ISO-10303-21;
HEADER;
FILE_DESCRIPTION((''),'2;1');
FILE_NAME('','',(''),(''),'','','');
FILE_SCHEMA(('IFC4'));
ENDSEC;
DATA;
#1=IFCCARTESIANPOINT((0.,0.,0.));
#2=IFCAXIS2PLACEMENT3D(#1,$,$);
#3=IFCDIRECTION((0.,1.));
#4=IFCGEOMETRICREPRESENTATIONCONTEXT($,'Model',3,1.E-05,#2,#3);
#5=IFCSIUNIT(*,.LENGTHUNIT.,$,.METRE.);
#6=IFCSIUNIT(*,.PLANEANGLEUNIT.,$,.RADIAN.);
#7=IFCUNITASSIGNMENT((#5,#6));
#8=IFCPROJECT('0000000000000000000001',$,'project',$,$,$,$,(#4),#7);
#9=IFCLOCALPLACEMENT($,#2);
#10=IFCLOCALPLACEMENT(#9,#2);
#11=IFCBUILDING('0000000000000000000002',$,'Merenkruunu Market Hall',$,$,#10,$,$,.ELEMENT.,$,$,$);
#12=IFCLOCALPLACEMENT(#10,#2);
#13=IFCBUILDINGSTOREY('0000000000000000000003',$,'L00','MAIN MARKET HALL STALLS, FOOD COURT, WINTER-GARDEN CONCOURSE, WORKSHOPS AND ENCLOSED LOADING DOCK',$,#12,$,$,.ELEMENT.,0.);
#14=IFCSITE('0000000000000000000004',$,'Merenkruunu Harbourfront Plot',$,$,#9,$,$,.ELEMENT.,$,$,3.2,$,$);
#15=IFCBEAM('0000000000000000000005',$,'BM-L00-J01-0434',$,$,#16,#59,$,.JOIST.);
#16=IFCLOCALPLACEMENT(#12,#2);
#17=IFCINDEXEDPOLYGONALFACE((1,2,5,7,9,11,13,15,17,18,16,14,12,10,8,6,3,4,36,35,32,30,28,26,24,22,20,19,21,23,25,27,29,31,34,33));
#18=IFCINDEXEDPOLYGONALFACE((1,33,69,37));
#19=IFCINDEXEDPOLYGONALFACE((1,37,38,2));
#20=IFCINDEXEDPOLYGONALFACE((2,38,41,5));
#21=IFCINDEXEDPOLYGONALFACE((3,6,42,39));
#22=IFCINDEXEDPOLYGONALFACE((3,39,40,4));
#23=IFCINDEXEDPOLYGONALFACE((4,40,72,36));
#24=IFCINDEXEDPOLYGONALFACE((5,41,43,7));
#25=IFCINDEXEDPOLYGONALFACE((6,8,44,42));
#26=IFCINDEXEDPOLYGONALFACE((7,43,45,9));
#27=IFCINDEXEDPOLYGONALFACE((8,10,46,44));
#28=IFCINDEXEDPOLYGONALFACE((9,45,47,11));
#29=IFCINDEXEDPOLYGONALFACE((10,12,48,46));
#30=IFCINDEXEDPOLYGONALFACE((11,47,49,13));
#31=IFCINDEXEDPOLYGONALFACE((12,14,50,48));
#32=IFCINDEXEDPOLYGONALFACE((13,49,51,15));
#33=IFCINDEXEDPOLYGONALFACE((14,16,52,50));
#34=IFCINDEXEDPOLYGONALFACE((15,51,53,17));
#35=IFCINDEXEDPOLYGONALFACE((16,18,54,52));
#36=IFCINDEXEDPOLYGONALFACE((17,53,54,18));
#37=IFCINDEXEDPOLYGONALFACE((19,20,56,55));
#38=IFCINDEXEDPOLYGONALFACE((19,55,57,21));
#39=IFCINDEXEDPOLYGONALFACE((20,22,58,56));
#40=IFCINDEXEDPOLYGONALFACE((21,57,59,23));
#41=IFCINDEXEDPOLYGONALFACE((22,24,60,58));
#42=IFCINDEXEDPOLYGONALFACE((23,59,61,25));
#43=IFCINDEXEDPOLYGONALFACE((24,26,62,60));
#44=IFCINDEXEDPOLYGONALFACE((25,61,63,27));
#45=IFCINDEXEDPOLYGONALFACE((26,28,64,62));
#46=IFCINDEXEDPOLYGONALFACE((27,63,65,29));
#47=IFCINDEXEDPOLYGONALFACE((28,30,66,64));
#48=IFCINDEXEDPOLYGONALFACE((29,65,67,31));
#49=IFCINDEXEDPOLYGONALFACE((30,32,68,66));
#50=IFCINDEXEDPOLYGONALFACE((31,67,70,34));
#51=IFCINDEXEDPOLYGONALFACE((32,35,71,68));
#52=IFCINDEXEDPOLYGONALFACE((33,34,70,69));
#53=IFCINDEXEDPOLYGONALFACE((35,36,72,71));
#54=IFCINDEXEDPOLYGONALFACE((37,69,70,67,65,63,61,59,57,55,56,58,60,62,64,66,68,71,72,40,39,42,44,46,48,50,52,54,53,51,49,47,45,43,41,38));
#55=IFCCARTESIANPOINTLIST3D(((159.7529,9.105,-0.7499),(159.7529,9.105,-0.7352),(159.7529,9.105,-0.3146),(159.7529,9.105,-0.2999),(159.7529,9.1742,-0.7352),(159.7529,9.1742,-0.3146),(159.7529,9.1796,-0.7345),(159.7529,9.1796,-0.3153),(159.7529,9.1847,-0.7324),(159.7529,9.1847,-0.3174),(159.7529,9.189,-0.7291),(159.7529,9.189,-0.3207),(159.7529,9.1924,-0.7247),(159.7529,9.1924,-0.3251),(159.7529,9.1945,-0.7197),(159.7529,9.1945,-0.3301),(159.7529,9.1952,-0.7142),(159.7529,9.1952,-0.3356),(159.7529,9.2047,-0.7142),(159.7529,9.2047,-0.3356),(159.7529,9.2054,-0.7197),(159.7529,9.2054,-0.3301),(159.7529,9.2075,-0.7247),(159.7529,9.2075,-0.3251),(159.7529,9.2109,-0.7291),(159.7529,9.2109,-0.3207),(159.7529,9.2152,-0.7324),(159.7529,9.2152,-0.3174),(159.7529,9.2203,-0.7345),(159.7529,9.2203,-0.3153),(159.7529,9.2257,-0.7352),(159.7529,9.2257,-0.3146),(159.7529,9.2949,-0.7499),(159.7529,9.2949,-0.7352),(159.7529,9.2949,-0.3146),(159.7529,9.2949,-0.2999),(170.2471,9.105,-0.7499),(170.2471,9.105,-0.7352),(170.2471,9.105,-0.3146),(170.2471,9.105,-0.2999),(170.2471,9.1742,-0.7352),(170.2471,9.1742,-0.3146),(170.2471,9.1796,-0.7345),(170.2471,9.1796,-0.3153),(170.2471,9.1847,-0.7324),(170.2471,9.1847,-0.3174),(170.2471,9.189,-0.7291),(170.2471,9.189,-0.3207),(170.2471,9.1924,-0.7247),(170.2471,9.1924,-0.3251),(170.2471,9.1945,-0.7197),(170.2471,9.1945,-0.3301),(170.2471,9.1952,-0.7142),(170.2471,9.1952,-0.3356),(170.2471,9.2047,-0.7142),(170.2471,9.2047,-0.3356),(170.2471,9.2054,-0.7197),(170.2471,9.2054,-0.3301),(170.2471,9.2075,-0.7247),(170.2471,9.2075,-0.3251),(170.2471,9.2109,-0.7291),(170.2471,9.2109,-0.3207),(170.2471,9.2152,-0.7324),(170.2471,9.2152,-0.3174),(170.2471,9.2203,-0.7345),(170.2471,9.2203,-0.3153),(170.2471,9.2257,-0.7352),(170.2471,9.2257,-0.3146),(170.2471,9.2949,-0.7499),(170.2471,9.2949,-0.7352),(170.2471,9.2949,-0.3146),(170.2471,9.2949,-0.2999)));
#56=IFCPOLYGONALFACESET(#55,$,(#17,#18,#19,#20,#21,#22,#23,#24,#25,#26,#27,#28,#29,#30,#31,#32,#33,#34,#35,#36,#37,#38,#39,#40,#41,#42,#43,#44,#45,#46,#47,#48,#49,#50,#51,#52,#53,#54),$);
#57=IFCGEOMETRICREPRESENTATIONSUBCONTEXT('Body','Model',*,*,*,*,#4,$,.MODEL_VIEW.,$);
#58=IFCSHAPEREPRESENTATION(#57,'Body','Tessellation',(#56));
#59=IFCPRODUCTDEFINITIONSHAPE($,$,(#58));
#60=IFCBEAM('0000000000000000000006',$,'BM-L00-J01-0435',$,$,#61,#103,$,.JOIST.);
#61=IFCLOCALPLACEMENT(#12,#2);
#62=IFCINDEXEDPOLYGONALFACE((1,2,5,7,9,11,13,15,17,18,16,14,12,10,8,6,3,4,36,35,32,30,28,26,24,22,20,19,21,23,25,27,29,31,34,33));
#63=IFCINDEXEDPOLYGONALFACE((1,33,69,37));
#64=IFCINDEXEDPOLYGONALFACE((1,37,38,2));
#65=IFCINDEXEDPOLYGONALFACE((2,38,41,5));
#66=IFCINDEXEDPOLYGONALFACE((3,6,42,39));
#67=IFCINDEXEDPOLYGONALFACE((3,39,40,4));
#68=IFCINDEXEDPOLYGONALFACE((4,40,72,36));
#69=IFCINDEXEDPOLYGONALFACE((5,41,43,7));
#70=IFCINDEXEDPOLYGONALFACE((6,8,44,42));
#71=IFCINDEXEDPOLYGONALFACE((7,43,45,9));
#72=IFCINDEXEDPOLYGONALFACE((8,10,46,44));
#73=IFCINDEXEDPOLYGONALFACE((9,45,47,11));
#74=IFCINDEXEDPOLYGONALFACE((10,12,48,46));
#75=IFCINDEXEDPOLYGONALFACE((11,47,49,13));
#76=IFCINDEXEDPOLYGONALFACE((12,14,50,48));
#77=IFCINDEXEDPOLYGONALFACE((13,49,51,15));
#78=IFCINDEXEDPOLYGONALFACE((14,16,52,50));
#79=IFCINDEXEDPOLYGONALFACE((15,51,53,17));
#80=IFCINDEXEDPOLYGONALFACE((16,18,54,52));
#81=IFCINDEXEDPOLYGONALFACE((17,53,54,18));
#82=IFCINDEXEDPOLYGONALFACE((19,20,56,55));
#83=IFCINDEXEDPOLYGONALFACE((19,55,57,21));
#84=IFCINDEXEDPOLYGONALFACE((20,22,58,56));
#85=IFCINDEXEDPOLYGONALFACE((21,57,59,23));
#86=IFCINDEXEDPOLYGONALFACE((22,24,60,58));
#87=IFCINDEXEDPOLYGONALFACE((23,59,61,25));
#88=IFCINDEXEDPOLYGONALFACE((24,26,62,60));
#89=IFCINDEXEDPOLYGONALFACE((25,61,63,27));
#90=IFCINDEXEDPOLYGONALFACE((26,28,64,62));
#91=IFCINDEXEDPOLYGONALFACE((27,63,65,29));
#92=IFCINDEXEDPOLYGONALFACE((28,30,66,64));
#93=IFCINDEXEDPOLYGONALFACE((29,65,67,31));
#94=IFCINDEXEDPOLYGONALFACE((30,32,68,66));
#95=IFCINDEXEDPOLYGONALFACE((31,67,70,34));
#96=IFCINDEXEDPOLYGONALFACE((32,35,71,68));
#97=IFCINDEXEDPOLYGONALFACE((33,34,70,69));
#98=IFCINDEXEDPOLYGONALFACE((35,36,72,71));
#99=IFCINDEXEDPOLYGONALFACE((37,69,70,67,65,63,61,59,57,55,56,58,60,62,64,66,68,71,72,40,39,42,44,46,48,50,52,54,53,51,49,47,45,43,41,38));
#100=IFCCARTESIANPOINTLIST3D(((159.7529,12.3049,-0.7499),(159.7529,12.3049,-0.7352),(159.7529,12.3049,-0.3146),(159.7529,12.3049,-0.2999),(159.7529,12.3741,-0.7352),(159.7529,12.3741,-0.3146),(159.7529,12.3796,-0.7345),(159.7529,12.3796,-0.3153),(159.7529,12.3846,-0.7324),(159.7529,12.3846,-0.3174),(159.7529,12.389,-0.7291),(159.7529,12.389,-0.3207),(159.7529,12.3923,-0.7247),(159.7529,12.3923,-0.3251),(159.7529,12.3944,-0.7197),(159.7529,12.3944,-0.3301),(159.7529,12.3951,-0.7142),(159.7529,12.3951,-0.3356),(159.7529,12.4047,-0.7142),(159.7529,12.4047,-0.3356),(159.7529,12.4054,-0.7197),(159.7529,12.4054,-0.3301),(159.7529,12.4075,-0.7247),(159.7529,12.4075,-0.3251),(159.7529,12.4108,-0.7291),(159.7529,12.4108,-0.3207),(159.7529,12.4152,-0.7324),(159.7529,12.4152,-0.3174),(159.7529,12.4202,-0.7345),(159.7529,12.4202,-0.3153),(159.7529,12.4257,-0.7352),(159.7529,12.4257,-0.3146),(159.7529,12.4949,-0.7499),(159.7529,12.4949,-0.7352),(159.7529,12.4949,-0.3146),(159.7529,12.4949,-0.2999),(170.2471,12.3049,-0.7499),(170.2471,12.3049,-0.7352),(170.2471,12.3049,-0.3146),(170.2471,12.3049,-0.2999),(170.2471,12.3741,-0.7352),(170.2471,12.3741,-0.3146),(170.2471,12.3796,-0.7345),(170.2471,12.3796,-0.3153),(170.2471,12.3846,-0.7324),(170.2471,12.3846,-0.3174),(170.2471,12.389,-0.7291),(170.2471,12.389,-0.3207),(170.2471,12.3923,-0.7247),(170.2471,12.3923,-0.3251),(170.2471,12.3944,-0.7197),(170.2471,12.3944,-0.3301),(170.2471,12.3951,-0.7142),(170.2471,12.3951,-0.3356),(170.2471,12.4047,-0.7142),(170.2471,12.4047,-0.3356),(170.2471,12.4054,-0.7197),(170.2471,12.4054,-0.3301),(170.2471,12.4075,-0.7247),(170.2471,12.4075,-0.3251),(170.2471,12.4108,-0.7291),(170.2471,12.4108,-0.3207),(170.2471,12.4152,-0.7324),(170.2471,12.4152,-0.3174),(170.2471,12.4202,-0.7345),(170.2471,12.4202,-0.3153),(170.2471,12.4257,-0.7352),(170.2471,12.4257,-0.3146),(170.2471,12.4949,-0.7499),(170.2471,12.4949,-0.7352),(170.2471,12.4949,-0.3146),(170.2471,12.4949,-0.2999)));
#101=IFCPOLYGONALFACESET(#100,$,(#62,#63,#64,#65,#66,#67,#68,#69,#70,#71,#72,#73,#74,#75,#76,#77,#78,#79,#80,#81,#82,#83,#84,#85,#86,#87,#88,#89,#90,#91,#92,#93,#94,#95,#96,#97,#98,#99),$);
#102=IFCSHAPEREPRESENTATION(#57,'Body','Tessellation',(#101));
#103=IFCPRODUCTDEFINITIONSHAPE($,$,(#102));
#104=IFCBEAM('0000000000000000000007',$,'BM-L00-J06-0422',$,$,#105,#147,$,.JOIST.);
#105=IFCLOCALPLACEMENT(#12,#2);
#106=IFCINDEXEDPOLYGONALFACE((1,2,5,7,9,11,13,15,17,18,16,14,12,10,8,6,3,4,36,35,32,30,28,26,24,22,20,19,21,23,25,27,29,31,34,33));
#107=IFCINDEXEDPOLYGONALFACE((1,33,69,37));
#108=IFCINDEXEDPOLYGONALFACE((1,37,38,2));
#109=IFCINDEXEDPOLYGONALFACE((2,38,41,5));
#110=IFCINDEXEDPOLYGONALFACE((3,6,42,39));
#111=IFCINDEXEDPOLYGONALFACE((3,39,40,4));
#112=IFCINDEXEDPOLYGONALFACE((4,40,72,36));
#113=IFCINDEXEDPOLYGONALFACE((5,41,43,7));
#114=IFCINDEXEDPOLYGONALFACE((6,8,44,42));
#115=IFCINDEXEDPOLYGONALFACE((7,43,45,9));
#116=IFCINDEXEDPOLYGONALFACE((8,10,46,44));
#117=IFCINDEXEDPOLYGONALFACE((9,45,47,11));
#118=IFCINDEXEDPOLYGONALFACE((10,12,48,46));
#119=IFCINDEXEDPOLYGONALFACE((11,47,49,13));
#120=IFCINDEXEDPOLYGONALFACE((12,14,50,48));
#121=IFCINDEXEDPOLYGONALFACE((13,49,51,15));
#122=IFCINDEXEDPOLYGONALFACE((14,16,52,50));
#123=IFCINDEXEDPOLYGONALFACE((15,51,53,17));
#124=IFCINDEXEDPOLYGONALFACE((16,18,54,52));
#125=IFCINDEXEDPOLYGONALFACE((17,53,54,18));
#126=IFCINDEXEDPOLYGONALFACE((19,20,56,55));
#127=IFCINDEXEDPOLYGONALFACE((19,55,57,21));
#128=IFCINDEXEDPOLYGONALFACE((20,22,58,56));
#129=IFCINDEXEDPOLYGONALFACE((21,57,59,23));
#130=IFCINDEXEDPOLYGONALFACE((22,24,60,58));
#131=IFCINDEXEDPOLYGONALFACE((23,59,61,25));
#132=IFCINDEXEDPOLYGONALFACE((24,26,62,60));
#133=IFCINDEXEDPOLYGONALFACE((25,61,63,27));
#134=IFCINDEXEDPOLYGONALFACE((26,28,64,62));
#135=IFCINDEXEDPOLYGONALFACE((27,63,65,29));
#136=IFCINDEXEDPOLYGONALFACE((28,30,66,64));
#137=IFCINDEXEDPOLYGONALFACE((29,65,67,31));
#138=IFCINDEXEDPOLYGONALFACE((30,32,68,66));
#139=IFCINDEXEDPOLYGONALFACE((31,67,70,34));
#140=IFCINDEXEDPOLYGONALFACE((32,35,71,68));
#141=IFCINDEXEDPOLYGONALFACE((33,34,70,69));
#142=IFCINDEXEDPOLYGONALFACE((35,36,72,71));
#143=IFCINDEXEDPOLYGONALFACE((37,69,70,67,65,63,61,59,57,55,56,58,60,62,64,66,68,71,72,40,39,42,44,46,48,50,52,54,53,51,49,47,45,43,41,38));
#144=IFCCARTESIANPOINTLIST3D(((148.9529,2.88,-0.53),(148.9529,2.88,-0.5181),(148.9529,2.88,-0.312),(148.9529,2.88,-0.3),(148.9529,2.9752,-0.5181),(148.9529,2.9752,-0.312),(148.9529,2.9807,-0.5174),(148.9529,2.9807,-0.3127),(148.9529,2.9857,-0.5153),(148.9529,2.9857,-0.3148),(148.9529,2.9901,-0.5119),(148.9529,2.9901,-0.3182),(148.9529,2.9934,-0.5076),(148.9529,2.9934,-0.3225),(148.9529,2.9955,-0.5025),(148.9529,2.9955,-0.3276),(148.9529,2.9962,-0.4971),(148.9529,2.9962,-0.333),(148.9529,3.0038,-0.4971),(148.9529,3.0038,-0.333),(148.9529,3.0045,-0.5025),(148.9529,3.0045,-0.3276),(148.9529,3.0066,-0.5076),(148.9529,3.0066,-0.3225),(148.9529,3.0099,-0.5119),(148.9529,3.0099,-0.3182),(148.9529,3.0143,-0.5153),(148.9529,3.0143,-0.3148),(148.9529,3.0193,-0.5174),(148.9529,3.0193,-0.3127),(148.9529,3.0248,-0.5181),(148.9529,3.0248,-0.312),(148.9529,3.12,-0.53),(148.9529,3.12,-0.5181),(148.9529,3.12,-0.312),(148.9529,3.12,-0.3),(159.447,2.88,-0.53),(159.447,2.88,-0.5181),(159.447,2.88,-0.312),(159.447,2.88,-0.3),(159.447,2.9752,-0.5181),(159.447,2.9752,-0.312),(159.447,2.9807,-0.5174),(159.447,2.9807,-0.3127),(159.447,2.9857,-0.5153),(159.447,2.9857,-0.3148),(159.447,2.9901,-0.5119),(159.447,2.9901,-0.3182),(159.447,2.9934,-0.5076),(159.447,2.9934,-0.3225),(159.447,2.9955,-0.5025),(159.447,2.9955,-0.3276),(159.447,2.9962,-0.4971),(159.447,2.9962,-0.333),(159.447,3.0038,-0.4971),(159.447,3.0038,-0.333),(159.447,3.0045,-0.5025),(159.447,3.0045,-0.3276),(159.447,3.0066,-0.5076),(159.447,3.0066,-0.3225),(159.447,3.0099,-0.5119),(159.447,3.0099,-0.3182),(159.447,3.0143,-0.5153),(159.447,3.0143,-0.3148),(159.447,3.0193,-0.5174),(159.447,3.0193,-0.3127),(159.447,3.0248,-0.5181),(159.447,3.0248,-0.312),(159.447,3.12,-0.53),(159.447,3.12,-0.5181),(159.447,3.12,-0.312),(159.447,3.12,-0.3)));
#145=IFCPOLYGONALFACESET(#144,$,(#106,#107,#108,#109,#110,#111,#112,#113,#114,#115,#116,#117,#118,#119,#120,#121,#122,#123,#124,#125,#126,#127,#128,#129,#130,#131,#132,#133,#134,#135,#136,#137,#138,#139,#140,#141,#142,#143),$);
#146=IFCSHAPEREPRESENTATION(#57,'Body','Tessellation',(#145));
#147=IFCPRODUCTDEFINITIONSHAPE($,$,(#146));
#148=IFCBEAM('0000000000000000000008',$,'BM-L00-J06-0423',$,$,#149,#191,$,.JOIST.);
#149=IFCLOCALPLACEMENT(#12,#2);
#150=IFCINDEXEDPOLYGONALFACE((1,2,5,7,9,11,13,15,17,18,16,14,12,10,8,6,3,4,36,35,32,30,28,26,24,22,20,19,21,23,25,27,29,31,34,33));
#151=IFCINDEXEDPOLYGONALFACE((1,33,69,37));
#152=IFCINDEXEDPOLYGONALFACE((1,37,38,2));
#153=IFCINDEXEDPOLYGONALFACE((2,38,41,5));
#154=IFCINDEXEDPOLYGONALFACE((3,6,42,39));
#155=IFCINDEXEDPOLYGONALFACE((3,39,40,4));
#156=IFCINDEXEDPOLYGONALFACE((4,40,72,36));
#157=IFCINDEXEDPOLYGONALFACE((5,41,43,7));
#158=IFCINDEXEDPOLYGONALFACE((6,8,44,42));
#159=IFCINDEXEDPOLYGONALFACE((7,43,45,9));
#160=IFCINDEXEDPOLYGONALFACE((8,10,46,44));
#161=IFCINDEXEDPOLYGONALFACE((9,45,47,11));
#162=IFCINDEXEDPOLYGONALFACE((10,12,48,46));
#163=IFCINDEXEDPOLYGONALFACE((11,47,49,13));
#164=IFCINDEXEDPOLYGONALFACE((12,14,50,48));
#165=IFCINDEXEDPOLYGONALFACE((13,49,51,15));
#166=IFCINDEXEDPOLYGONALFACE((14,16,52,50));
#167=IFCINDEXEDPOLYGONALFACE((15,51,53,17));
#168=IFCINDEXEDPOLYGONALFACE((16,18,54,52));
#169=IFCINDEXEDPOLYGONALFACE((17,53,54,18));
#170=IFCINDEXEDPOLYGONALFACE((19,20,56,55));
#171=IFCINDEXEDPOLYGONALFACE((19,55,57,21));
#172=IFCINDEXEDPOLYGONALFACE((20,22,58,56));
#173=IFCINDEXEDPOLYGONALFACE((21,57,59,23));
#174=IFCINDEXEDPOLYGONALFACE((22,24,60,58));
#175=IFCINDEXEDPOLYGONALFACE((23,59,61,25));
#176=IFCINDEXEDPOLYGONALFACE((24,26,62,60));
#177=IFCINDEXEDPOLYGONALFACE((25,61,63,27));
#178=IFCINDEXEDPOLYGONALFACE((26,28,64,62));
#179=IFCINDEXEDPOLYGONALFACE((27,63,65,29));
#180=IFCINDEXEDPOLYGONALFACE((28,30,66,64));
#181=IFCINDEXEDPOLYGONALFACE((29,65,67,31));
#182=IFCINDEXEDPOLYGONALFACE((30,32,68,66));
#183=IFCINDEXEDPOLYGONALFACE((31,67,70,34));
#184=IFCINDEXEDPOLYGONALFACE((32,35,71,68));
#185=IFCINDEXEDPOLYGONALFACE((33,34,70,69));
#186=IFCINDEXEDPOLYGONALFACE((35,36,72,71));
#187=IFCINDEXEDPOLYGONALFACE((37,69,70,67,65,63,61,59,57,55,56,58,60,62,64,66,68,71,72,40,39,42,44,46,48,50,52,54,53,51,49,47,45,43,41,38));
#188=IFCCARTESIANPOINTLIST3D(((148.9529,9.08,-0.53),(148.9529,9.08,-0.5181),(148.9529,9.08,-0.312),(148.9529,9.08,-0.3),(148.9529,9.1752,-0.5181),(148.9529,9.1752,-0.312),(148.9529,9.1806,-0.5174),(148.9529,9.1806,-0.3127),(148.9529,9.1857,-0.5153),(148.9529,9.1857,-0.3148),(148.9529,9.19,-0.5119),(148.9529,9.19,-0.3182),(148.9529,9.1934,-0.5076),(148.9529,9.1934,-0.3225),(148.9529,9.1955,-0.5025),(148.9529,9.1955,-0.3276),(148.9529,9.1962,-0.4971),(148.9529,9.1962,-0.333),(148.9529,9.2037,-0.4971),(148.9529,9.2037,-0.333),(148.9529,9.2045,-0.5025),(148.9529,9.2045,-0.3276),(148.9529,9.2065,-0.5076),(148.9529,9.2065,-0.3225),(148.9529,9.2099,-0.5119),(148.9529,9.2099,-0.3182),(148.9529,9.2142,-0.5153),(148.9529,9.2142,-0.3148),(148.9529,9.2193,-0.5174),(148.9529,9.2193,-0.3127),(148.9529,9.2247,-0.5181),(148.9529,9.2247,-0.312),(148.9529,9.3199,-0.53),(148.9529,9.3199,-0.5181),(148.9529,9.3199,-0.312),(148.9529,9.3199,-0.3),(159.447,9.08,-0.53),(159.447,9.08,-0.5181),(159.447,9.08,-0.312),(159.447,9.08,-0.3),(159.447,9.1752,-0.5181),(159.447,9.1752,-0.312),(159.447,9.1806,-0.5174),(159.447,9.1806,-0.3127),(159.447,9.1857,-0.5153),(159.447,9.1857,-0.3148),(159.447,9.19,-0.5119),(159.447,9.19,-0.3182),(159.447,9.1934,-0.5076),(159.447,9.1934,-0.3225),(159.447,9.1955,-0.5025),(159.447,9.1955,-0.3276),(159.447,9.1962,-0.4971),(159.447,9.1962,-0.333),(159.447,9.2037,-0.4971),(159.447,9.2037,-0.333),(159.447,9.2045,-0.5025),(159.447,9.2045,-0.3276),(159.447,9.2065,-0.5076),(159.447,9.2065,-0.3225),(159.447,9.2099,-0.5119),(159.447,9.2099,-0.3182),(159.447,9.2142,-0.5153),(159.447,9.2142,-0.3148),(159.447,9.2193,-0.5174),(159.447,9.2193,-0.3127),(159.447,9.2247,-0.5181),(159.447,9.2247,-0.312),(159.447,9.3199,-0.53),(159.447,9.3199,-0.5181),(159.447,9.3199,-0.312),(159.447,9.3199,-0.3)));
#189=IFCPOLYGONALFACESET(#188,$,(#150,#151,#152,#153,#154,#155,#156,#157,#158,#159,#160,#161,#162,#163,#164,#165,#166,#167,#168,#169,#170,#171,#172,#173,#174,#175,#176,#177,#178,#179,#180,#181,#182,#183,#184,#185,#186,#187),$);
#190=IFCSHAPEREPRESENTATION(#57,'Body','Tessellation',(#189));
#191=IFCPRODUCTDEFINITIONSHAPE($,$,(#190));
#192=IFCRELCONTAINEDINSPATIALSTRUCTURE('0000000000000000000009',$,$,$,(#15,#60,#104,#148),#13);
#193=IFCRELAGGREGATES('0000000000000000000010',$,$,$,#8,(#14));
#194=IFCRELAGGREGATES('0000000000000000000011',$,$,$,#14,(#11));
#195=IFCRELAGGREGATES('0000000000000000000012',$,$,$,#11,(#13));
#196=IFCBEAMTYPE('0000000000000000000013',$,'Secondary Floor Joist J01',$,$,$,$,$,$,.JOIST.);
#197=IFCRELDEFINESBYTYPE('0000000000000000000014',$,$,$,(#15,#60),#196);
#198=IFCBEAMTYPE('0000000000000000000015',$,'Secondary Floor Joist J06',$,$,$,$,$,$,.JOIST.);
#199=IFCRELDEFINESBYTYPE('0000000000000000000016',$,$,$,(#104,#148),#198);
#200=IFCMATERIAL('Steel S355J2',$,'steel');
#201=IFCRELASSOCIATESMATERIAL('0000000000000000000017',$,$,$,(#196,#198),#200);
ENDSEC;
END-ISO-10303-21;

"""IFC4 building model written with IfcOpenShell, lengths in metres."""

from ifc_helpers import new_model, si_unit, direction, frame, origin, origin_2d, place, context, subcontext, project, spatial, i_section, extrude, material, material_profile, profile_set, type_object, element, save


model = new_model("IFC4")

# Units and contexts
model_context = context("Model", 3, precision=1e-05, world=origin(), true_north=direction((0.0, 1.0)))
body_context = subcontext(model_context, "Body", "Model", "MODEL_VIEW")
ifc_project = project(units=[si_unit("LENGTHUNIT", "METRE"), si_unit("PLANEANGLEUNIT", "RADIAN")], contexts=[model_context])

# Site, building, storey
site_placement = place(None, origin())
site = spatial("IfcSite", under=ifc_project, at=site_placement, Name="Merenkruunu Harbourfront Plot", CompositionType="ELEMENT", RefElevation=3.2)
building_placement = place(site_placement, origin())
building = spatial("IfcBuilding", under=site, at=building_placement, Name="Merenkruunu Market Hall", CompositionType="ELEMENT")
storey_placement = place(building_placement, origin())
storey = spatial("IfcBuildingStorey", under=building, at=storey_placement, Name="L00", Description="MAIN MARKET HALL STALLS, FOOD COURT, WINTER-GARDEN CONCOURSE, WORKSHOPS AND ENCLOSED LOADING DOCK", CompositionType="ELEMENT", Elevation=0.0)

# Beams
ifc_material_1 = material(Name="Steel S355J2", Category="steel")
ifc_material_profile_1 = material_profile(ifc_material_1, i_section(OverallWidth=0.1899, OverallDepth=0.45, WebThickness=0.0095, FlangeThickness=0.0146, FilletRadius=0.021, at=origin_2d()), Name="IPE 450")
ifc_profile_set_1 = profile_set([ifc_material_profile_1], Name="Steel S355J2")
beam_type_1 = type_object("IfcBeamType", Name="Secondary Floor Joist J01", PredefinedType="JOIST", material=ifc_profile_set_1)
for number, where, z_axis, x_axis, name in (
    (1, (159.7529, 9.2, -0.5249), (1.0, 0.0, 0.0), (0.0, 1.0, 0.0), "BM-L00-J01-0434"),
    (2, (159.7529, 12.3999, -0.5249), (1.0, 0.0, 0.0), (0.0, 1.0, 0.0), "BM-L00-J01-0435"),
):
    element("IfcBeam", number, at=place(storey_placement, frame(where, z_axis=z_axis, x_axis=x_axis)), inside=storey, type_object=beam_type_1, Name=name, PredefinedType="JOIST", context=body_context, shape_type="SweptSolid", body=[
        extrude(i_section(OverallWidth=0.1899, OverallDepth=0.45, WebThickness=0.0095, FlangeThickness=0.0146, FilletRadius=0.021, at=origin_2d()), origin(), (0.0, 0.0, 1.0), 10.4941),
    ])
ifc_material_profile_2 = material_profile(ifc_material_1, i_section(OverallWidth=0.24, OverallDepth=0.23, WebThickness=0.0076, FlangeThickness=0.012, FilletRadius=0.021, at=origin_2d()), Name="HEA 240")
ifc_profile_set_2 = profile_set([ifc_material_profile_2], Name="Steel S355J2")
beam_type_2 = type_object("IfcBeamType", Name="Secondary Floor Joist J06", PredefinedType="JOIST", material=ifc_profile_set_2)
for number, where, z_axis, x_axis, name in (
    (3, (148.9529, 3.0, -0.415), (1.0, 0.0, 0.0), (0.0, 1.0, 0.0), "BM-L00-J06-0422"),
    (4, (148.9529, 9.2, -0.415), (1.0, 0.0, 0.0), (0.0, 1.0, 0.0), "BM-L00-J06-0423"),
):
    element("IfcBeam", number, at=place(storey_placement, frame(where, z_axis=z_axis, x_axis=x_axis)), inside=storey, type_object=beam_type_2, Name=name, PredefinedType="JOIST", context=body_context, shape_type="SweptSolid", body=[
        extrude(i_section(OverallWidth=0.24, OverallDepth=0.23, WebThickness=0.0076, FlangeThickness=0.012, FilletRadius=0.021, at=origin_2d()), origin(), (0.0, 0.0, 1.0), 10.4941),
    ])

save(model, "model.ifc")
